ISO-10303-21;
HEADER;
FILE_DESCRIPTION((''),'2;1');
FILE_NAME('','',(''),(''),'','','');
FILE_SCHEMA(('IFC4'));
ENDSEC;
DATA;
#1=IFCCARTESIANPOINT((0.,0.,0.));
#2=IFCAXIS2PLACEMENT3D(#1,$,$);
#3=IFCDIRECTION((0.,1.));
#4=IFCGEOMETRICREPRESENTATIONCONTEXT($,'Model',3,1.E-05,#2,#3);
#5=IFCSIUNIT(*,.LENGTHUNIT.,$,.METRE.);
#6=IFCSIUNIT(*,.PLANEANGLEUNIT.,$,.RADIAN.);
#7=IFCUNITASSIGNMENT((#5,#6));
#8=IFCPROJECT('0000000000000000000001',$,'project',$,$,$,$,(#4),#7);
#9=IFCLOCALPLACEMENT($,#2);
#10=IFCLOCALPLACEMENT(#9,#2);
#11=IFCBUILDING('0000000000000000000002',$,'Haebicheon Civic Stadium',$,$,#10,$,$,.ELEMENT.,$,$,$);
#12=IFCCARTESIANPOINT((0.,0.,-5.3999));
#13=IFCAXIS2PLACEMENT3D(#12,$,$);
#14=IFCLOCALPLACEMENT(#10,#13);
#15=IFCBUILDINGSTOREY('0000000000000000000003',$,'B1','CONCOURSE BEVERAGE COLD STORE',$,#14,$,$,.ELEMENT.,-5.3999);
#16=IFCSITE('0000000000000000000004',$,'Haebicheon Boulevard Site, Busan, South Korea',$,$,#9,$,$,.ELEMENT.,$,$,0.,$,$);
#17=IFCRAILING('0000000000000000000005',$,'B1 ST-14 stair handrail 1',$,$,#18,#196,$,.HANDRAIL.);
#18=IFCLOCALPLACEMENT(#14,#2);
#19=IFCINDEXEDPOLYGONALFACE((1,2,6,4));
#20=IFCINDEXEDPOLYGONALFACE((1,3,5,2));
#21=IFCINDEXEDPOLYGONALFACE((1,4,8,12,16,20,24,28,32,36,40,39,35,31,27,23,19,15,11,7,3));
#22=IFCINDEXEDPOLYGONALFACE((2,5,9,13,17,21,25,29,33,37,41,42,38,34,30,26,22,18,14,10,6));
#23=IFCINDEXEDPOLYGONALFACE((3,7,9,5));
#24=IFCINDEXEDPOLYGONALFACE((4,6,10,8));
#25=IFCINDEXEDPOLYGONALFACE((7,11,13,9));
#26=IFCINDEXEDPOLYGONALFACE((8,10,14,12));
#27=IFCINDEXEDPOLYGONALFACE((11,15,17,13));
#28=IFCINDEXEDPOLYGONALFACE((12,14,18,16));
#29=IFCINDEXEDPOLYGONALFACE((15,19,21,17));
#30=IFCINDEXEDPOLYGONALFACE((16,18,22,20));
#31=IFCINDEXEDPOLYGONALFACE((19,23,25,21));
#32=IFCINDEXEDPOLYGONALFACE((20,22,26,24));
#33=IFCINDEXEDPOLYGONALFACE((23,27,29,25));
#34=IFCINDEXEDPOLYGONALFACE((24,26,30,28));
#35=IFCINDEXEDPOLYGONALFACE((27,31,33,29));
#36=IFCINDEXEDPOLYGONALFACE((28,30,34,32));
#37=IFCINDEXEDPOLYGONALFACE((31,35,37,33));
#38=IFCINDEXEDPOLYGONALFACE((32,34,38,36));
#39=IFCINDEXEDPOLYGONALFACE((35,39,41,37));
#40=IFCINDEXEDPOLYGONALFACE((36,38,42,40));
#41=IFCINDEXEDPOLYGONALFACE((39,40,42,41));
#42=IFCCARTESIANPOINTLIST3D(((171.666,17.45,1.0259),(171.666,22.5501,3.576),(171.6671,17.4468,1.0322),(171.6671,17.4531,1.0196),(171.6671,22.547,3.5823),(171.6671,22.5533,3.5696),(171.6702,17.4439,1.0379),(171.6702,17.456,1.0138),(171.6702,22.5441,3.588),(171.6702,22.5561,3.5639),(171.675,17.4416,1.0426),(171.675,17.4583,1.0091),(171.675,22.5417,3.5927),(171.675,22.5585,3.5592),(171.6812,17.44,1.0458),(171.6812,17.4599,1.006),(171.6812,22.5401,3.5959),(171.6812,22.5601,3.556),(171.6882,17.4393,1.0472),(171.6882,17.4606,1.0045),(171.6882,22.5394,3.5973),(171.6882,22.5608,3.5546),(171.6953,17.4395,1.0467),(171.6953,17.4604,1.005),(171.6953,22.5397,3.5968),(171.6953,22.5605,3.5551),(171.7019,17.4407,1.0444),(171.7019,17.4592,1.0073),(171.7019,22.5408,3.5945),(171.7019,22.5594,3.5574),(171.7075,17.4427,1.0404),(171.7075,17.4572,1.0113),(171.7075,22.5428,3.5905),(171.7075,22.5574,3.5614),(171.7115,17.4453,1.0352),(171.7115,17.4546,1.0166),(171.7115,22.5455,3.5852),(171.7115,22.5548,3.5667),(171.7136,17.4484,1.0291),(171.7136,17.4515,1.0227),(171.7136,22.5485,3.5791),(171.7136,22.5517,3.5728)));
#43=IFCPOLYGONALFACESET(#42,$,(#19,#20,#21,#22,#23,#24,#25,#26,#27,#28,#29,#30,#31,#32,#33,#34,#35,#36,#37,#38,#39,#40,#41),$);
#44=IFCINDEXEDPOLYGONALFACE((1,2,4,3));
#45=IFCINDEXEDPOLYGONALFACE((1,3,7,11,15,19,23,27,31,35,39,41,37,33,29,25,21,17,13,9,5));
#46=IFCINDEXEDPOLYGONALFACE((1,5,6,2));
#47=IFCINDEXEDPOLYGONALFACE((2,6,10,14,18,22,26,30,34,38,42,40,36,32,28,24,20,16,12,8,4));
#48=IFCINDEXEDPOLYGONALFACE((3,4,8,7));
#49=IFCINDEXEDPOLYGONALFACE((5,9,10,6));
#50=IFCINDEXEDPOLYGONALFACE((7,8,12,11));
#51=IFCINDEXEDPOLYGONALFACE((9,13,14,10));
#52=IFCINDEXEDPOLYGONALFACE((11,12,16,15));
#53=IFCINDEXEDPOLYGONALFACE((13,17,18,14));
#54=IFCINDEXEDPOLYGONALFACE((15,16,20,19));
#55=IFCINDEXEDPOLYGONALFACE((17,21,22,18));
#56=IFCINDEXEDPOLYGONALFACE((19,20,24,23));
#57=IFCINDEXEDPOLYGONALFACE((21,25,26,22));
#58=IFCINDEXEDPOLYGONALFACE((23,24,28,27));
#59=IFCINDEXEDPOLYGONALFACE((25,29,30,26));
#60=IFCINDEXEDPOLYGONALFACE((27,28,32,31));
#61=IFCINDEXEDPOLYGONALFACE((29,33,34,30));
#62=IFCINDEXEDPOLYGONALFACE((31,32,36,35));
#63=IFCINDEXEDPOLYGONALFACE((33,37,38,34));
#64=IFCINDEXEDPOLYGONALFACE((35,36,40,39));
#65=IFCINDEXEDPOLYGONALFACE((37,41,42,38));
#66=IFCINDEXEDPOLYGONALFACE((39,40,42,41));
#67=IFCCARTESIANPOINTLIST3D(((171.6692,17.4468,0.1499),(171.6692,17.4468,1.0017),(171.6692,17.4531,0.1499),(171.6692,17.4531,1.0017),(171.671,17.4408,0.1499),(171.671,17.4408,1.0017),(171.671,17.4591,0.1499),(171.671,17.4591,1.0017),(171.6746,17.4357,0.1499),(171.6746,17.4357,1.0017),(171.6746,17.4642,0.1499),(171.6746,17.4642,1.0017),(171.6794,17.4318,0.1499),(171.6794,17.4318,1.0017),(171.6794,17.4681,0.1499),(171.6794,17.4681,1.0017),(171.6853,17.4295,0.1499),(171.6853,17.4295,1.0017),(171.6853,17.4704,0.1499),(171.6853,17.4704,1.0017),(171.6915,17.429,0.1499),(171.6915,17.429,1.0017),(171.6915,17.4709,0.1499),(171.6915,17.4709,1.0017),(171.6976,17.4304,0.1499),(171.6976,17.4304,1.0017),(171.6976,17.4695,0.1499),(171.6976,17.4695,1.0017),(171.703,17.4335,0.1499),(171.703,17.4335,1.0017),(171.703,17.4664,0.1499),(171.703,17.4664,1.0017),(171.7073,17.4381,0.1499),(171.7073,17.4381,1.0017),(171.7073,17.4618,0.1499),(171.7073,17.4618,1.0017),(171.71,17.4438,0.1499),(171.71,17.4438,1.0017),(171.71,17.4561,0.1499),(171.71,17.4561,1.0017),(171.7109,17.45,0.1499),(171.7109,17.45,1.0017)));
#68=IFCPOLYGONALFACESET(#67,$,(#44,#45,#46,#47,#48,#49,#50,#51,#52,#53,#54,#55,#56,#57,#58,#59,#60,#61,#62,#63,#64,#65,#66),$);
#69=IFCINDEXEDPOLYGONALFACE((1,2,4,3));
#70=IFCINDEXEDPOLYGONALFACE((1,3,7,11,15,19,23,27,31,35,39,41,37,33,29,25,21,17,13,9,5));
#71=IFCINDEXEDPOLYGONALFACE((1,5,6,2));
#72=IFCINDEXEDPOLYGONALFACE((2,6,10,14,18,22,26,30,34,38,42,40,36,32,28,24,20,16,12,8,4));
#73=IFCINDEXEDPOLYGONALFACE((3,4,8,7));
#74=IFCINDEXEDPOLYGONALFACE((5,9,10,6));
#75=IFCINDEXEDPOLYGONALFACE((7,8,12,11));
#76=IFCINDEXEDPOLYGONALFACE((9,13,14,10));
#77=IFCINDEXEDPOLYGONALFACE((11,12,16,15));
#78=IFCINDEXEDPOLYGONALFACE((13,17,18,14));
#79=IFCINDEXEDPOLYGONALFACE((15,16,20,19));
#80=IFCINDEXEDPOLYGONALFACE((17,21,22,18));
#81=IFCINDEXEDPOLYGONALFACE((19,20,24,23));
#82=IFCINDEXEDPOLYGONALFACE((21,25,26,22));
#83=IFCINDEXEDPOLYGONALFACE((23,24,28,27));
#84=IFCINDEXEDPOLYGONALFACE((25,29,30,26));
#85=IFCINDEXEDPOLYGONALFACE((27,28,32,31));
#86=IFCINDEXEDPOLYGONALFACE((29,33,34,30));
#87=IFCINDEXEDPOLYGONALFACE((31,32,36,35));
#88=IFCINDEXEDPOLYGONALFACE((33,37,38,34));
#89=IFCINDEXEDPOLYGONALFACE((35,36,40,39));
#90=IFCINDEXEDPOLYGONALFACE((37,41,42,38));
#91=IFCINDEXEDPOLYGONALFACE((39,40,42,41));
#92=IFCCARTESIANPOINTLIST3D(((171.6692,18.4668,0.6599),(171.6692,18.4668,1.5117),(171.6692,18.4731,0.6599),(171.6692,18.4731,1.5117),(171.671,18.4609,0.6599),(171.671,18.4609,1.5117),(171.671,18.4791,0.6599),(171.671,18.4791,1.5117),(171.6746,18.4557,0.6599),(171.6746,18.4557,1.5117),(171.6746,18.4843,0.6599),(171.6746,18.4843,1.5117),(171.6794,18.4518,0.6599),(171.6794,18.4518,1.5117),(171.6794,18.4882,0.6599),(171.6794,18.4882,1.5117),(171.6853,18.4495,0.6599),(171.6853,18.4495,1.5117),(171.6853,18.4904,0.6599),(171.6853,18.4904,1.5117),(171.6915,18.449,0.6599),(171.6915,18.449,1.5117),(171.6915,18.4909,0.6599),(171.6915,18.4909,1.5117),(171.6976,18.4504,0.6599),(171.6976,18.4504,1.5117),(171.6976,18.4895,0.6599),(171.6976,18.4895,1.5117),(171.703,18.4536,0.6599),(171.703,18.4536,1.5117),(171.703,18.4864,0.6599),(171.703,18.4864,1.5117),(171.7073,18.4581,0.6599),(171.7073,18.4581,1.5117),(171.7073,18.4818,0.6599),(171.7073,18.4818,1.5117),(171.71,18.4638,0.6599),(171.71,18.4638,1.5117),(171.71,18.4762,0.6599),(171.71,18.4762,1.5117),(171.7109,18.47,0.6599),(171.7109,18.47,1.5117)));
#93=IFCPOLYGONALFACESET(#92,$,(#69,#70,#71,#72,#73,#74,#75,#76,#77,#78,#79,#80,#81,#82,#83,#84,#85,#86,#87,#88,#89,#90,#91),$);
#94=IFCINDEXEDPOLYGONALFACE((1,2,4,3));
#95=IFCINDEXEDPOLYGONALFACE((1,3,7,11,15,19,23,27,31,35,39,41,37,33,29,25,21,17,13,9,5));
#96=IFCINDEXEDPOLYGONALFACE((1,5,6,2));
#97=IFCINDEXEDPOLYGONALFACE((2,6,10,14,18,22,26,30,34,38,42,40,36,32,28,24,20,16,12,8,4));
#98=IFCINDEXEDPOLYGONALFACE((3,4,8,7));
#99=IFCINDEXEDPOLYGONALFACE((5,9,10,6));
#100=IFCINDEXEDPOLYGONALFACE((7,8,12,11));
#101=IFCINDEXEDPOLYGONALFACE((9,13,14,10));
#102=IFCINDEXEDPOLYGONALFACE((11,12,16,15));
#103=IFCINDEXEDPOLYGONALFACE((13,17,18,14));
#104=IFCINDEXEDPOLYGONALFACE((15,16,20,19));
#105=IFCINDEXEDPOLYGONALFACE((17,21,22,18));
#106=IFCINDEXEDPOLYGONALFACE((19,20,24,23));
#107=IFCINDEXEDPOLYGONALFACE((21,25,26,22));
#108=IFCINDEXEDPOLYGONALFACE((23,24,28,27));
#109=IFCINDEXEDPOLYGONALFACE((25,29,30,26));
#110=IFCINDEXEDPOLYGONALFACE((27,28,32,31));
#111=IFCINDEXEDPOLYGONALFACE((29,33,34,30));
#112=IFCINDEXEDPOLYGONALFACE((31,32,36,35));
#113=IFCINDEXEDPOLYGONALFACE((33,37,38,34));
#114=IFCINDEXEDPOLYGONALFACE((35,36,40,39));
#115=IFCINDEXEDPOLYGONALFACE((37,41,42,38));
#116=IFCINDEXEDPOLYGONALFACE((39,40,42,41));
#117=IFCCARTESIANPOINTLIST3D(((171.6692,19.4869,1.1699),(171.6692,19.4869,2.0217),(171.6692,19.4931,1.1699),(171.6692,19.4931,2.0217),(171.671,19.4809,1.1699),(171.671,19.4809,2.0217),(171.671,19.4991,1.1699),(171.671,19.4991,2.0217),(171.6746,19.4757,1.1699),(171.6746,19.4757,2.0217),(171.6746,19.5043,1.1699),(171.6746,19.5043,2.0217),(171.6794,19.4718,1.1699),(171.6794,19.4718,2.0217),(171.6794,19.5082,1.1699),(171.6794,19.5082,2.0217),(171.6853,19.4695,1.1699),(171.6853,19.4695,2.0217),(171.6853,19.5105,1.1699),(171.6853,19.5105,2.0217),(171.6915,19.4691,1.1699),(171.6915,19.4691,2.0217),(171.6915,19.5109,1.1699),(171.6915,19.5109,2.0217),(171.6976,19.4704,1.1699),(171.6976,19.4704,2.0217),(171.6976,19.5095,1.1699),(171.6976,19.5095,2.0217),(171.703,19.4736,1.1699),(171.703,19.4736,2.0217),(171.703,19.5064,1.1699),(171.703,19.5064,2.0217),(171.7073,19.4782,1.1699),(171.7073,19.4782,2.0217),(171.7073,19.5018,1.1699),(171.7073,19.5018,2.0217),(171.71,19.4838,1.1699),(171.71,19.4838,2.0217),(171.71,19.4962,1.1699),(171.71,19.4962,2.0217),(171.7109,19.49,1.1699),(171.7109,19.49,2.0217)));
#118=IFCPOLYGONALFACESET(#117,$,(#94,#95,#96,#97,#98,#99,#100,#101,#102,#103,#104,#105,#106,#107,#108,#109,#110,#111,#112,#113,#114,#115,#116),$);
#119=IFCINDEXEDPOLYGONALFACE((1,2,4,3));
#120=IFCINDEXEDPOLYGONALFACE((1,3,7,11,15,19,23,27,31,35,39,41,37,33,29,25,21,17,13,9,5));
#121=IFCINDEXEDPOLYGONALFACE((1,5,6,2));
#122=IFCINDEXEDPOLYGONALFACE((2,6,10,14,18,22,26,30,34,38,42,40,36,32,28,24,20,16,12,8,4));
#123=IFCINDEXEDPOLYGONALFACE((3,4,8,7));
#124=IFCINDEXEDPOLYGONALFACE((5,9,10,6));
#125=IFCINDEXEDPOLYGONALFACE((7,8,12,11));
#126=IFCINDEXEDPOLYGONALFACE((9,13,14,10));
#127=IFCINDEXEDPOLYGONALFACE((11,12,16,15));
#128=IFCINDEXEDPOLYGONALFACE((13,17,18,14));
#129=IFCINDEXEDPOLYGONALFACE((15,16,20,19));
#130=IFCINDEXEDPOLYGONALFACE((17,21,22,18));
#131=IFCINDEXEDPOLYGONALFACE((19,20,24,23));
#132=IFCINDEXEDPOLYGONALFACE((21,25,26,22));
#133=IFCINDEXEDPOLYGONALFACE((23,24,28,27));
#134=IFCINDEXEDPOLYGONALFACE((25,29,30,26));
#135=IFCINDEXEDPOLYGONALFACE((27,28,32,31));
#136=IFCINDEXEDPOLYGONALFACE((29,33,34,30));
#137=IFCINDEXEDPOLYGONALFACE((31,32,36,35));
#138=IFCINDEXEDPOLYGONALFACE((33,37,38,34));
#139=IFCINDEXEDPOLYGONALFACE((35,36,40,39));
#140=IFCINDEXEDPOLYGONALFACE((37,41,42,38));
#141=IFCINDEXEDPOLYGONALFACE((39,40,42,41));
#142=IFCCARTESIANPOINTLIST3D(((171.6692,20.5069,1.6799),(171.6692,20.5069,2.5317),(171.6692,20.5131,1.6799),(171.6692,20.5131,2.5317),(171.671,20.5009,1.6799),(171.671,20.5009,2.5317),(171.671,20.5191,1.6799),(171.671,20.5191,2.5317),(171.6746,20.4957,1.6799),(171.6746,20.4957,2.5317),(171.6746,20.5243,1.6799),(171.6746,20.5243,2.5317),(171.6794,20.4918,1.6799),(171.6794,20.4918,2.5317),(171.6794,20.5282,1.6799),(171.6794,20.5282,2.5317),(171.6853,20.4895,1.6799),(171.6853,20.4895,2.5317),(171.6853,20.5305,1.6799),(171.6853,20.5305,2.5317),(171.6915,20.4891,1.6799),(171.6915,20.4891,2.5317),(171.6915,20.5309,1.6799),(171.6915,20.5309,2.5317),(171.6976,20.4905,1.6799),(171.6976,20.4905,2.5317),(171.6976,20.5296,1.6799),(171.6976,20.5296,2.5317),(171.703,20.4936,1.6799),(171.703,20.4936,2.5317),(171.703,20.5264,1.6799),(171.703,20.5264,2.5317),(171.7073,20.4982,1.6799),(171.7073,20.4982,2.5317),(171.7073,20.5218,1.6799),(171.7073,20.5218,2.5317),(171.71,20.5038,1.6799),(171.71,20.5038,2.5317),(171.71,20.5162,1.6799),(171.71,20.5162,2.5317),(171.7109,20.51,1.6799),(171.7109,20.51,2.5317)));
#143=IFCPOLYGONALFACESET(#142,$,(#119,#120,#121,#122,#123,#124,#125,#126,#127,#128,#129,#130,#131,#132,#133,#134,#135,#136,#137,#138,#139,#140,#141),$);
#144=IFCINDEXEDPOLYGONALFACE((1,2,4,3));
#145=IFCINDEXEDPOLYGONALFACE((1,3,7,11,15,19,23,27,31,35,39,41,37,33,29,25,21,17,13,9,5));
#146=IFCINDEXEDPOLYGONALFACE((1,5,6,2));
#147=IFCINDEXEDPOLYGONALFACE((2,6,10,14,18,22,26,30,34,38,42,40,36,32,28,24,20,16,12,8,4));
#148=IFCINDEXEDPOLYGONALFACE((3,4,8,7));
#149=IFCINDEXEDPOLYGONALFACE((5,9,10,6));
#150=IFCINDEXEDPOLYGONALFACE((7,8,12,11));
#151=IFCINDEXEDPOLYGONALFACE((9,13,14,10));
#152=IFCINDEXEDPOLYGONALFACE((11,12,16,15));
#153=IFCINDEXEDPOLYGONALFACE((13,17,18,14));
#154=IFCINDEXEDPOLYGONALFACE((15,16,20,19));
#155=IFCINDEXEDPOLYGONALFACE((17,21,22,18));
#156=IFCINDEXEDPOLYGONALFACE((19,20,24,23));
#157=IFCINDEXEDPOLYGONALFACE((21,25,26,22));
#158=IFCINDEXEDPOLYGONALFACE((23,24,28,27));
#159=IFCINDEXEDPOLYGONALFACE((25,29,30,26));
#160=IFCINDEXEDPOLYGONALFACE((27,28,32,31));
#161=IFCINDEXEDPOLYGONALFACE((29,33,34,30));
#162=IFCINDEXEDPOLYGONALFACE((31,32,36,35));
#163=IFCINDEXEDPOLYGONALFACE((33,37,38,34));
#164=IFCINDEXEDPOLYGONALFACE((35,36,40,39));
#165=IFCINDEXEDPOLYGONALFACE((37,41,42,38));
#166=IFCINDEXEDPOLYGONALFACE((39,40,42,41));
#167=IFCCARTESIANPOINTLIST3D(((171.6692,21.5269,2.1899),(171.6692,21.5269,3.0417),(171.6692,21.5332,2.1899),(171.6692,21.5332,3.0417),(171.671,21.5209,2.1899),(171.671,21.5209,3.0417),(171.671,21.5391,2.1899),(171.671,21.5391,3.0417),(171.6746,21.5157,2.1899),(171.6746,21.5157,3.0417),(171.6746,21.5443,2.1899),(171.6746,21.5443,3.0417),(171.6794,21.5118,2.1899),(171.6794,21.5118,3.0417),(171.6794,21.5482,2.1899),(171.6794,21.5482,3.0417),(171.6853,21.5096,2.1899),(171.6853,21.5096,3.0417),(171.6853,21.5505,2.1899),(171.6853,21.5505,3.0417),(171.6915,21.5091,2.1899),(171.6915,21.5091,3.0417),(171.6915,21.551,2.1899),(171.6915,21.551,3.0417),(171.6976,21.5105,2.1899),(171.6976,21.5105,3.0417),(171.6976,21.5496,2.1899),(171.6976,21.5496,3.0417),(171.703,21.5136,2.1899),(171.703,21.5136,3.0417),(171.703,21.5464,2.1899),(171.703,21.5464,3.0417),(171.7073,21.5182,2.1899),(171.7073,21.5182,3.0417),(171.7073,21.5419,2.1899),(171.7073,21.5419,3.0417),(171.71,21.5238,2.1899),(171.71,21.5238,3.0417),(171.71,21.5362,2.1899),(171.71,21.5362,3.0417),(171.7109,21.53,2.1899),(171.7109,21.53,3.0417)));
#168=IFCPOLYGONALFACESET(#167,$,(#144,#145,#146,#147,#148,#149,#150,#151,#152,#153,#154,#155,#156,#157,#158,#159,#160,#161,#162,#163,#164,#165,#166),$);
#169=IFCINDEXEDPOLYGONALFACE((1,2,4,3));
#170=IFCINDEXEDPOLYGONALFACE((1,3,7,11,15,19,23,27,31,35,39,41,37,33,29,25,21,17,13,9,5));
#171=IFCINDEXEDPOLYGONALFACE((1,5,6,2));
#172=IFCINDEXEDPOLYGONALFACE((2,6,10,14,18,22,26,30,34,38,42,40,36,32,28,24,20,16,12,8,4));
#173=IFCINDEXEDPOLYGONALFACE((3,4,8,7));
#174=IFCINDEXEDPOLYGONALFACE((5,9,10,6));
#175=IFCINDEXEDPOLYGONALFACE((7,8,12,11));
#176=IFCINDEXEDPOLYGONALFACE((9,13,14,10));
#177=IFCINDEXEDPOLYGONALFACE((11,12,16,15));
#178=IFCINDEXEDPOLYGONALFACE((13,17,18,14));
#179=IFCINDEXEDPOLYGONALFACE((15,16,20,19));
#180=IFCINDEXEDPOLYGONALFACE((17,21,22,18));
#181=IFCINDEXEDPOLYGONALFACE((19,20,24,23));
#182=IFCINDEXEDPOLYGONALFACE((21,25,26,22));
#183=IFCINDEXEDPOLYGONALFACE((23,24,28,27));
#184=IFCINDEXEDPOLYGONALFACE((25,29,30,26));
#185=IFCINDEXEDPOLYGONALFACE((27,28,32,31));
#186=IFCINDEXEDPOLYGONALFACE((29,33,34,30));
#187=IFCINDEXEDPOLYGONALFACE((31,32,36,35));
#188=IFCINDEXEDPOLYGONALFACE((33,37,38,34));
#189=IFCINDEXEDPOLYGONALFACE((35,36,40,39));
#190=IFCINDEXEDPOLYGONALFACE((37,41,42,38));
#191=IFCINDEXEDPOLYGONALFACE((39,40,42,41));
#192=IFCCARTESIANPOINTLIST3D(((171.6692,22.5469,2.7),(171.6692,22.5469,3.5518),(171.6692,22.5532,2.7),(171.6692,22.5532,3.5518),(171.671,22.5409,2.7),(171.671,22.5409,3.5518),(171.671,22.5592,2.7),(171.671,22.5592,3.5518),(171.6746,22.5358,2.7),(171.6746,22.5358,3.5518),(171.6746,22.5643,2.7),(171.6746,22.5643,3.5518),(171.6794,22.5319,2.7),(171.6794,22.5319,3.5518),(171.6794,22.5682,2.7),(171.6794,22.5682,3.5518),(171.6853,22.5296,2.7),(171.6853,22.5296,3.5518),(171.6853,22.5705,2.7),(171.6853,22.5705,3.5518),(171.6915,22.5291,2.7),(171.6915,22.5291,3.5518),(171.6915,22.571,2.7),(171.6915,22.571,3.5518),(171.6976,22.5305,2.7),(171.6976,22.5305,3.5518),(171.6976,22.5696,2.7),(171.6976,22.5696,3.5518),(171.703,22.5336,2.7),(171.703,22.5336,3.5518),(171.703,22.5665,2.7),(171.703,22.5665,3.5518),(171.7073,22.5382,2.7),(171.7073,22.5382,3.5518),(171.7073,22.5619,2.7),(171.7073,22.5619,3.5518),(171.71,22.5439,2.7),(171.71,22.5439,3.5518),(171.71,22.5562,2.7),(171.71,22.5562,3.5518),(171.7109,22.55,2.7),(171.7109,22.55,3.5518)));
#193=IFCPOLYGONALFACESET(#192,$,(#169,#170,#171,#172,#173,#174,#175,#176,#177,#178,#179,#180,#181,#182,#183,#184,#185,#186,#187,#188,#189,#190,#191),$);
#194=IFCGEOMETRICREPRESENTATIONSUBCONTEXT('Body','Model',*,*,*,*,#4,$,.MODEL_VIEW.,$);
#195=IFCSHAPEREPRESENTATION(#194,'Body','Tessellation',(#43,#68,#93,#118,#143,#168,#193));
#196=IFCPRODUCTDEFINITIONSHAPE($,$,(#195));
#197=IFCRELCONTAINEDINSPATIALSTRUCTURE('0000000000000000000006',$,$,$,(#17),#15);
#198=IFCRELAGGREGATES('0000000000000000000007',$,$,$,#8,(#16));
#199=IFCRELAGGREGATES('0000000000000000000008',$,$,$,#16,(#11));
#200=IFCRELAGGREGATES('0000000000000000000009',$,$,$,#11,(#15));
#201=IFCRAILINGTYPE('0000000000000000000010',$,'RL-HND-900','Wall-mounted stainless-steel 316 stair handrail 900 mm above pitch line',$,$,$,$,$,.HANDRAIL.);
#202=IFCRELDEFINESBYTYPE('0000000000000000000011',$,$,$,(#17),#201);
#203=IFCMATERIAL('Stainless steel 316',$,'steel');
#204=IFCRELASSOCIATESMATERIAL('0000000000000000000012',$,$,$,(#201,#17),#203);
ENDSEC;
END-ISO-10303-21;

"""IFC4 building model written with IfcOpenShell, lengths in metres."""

from ifc_helpers import new_model, si_unit, direction, frame, origin, origin_2d, place, context, subcontext, project, spatial, circle, extrude, material, type_object, element, save


model = new_model("IFC4")

# Units and contexts
model_context = context("Model", 3, precision=1e-05, world=origin(), true_north=direction((0.0, 1.0)))
body_context = subcontext(model_context, "Body", "Model", "MODEL_VIEW")
ifc_project = project(units=[si_unit("LENGTHUNIT", "METRE"), si_unit("PLANEANGLEUNIT", "RADIAN")], contexts=[model_context])

# Site, building, storey
site_placement = place(None, origin())
site = spatial("IfcSite", under=ifc_project, at=site_placement, Name="Haebicheon Boulevard Site, Busan, South Korea", CompositionType="ELEMENT", RefElevation=0.0)
building_placement = place(site_placement, origin())
building = spatial("IfcBuilding", under=site, at=building_placement, Name="Haebicheon Civic Stadium", CompositionType="ELEMENT")
storey_placement = place(building_placement, frame((0.0, 0.0, -5.3999)))
storey = spatial("IfcBuildingStorey", under=building, at=storey_placement, Name="B1", Description="CONCOURSE BEVERAGE COLD STORE", CompositionType="ELEMENT", Elevation=-5.3999)

# Railing
ifc_material_1 = material(Name="Stainless steel 316", Category="steel")
railing_type_1 = type_object("IfcRailingType", Name="RL-HND-900", Description="Wall-mounted stainless-steel 316 stair handrail 900 mm above pitch line", PredefinedType="HANDRAIL", material=ifc_material_1)
railing_1_placement = place(storey_placement, frame((171.6899, 17.45, 0.1499)))
element("IfcRailing", 1, at=railing_1_placement, inside=storey, type_object=railing_type_1, material=ifc_material_1, Name="B1 ST-14 stair handrail 1", PredefinedType="HANDRAIL", context=body_context, shape_type="SweptSolid", body=[
    extrude(circle(Radius=0.0239, at=origin_2d()), frame((0.0, 0.0, 0.876), z_axis=(0.0, 0.894427, 0.447214), x_axis=(-1.0, 0.0, 0.0)), (0.0, 0.0, 1.0), 5.7021),
    extrude(circle(Radius=0.021, at=origin_2d()), origin(), (0.0, 0.0, 1.0), 0.8518),
    extrude(circle(Radius=0.021, at=origin_2d()), frame((0.0, 1.02, 0.51)), (0.0, 0.0, 1.0), 0.8518),
    extrude(circle(Radius=0.021, at=origin_2d()), frame((0.0, 2.04, 1.02)), (0.0, 0.0, 1.0), 0.8518),
    extrude(circle(Radius=0.021, at=origin_2d()), frame((0.0, 3.0601, 1.53)), (0.0, 0.0, 1.0), 0.8518),
    extrude(circle(Radius=0.021, at=origin_2d()), frame((0.0, 4.0801, 2.04)), (0.0, 0.0, 1.0), 0.8518),
    extrude(circle(Radius=0.021, at=origin_2d()), frame((0.0, 5.1001, 2.55)), (0.0, 0.0, 1.0), 0.8518),
])

save(model, "model.ifc")
